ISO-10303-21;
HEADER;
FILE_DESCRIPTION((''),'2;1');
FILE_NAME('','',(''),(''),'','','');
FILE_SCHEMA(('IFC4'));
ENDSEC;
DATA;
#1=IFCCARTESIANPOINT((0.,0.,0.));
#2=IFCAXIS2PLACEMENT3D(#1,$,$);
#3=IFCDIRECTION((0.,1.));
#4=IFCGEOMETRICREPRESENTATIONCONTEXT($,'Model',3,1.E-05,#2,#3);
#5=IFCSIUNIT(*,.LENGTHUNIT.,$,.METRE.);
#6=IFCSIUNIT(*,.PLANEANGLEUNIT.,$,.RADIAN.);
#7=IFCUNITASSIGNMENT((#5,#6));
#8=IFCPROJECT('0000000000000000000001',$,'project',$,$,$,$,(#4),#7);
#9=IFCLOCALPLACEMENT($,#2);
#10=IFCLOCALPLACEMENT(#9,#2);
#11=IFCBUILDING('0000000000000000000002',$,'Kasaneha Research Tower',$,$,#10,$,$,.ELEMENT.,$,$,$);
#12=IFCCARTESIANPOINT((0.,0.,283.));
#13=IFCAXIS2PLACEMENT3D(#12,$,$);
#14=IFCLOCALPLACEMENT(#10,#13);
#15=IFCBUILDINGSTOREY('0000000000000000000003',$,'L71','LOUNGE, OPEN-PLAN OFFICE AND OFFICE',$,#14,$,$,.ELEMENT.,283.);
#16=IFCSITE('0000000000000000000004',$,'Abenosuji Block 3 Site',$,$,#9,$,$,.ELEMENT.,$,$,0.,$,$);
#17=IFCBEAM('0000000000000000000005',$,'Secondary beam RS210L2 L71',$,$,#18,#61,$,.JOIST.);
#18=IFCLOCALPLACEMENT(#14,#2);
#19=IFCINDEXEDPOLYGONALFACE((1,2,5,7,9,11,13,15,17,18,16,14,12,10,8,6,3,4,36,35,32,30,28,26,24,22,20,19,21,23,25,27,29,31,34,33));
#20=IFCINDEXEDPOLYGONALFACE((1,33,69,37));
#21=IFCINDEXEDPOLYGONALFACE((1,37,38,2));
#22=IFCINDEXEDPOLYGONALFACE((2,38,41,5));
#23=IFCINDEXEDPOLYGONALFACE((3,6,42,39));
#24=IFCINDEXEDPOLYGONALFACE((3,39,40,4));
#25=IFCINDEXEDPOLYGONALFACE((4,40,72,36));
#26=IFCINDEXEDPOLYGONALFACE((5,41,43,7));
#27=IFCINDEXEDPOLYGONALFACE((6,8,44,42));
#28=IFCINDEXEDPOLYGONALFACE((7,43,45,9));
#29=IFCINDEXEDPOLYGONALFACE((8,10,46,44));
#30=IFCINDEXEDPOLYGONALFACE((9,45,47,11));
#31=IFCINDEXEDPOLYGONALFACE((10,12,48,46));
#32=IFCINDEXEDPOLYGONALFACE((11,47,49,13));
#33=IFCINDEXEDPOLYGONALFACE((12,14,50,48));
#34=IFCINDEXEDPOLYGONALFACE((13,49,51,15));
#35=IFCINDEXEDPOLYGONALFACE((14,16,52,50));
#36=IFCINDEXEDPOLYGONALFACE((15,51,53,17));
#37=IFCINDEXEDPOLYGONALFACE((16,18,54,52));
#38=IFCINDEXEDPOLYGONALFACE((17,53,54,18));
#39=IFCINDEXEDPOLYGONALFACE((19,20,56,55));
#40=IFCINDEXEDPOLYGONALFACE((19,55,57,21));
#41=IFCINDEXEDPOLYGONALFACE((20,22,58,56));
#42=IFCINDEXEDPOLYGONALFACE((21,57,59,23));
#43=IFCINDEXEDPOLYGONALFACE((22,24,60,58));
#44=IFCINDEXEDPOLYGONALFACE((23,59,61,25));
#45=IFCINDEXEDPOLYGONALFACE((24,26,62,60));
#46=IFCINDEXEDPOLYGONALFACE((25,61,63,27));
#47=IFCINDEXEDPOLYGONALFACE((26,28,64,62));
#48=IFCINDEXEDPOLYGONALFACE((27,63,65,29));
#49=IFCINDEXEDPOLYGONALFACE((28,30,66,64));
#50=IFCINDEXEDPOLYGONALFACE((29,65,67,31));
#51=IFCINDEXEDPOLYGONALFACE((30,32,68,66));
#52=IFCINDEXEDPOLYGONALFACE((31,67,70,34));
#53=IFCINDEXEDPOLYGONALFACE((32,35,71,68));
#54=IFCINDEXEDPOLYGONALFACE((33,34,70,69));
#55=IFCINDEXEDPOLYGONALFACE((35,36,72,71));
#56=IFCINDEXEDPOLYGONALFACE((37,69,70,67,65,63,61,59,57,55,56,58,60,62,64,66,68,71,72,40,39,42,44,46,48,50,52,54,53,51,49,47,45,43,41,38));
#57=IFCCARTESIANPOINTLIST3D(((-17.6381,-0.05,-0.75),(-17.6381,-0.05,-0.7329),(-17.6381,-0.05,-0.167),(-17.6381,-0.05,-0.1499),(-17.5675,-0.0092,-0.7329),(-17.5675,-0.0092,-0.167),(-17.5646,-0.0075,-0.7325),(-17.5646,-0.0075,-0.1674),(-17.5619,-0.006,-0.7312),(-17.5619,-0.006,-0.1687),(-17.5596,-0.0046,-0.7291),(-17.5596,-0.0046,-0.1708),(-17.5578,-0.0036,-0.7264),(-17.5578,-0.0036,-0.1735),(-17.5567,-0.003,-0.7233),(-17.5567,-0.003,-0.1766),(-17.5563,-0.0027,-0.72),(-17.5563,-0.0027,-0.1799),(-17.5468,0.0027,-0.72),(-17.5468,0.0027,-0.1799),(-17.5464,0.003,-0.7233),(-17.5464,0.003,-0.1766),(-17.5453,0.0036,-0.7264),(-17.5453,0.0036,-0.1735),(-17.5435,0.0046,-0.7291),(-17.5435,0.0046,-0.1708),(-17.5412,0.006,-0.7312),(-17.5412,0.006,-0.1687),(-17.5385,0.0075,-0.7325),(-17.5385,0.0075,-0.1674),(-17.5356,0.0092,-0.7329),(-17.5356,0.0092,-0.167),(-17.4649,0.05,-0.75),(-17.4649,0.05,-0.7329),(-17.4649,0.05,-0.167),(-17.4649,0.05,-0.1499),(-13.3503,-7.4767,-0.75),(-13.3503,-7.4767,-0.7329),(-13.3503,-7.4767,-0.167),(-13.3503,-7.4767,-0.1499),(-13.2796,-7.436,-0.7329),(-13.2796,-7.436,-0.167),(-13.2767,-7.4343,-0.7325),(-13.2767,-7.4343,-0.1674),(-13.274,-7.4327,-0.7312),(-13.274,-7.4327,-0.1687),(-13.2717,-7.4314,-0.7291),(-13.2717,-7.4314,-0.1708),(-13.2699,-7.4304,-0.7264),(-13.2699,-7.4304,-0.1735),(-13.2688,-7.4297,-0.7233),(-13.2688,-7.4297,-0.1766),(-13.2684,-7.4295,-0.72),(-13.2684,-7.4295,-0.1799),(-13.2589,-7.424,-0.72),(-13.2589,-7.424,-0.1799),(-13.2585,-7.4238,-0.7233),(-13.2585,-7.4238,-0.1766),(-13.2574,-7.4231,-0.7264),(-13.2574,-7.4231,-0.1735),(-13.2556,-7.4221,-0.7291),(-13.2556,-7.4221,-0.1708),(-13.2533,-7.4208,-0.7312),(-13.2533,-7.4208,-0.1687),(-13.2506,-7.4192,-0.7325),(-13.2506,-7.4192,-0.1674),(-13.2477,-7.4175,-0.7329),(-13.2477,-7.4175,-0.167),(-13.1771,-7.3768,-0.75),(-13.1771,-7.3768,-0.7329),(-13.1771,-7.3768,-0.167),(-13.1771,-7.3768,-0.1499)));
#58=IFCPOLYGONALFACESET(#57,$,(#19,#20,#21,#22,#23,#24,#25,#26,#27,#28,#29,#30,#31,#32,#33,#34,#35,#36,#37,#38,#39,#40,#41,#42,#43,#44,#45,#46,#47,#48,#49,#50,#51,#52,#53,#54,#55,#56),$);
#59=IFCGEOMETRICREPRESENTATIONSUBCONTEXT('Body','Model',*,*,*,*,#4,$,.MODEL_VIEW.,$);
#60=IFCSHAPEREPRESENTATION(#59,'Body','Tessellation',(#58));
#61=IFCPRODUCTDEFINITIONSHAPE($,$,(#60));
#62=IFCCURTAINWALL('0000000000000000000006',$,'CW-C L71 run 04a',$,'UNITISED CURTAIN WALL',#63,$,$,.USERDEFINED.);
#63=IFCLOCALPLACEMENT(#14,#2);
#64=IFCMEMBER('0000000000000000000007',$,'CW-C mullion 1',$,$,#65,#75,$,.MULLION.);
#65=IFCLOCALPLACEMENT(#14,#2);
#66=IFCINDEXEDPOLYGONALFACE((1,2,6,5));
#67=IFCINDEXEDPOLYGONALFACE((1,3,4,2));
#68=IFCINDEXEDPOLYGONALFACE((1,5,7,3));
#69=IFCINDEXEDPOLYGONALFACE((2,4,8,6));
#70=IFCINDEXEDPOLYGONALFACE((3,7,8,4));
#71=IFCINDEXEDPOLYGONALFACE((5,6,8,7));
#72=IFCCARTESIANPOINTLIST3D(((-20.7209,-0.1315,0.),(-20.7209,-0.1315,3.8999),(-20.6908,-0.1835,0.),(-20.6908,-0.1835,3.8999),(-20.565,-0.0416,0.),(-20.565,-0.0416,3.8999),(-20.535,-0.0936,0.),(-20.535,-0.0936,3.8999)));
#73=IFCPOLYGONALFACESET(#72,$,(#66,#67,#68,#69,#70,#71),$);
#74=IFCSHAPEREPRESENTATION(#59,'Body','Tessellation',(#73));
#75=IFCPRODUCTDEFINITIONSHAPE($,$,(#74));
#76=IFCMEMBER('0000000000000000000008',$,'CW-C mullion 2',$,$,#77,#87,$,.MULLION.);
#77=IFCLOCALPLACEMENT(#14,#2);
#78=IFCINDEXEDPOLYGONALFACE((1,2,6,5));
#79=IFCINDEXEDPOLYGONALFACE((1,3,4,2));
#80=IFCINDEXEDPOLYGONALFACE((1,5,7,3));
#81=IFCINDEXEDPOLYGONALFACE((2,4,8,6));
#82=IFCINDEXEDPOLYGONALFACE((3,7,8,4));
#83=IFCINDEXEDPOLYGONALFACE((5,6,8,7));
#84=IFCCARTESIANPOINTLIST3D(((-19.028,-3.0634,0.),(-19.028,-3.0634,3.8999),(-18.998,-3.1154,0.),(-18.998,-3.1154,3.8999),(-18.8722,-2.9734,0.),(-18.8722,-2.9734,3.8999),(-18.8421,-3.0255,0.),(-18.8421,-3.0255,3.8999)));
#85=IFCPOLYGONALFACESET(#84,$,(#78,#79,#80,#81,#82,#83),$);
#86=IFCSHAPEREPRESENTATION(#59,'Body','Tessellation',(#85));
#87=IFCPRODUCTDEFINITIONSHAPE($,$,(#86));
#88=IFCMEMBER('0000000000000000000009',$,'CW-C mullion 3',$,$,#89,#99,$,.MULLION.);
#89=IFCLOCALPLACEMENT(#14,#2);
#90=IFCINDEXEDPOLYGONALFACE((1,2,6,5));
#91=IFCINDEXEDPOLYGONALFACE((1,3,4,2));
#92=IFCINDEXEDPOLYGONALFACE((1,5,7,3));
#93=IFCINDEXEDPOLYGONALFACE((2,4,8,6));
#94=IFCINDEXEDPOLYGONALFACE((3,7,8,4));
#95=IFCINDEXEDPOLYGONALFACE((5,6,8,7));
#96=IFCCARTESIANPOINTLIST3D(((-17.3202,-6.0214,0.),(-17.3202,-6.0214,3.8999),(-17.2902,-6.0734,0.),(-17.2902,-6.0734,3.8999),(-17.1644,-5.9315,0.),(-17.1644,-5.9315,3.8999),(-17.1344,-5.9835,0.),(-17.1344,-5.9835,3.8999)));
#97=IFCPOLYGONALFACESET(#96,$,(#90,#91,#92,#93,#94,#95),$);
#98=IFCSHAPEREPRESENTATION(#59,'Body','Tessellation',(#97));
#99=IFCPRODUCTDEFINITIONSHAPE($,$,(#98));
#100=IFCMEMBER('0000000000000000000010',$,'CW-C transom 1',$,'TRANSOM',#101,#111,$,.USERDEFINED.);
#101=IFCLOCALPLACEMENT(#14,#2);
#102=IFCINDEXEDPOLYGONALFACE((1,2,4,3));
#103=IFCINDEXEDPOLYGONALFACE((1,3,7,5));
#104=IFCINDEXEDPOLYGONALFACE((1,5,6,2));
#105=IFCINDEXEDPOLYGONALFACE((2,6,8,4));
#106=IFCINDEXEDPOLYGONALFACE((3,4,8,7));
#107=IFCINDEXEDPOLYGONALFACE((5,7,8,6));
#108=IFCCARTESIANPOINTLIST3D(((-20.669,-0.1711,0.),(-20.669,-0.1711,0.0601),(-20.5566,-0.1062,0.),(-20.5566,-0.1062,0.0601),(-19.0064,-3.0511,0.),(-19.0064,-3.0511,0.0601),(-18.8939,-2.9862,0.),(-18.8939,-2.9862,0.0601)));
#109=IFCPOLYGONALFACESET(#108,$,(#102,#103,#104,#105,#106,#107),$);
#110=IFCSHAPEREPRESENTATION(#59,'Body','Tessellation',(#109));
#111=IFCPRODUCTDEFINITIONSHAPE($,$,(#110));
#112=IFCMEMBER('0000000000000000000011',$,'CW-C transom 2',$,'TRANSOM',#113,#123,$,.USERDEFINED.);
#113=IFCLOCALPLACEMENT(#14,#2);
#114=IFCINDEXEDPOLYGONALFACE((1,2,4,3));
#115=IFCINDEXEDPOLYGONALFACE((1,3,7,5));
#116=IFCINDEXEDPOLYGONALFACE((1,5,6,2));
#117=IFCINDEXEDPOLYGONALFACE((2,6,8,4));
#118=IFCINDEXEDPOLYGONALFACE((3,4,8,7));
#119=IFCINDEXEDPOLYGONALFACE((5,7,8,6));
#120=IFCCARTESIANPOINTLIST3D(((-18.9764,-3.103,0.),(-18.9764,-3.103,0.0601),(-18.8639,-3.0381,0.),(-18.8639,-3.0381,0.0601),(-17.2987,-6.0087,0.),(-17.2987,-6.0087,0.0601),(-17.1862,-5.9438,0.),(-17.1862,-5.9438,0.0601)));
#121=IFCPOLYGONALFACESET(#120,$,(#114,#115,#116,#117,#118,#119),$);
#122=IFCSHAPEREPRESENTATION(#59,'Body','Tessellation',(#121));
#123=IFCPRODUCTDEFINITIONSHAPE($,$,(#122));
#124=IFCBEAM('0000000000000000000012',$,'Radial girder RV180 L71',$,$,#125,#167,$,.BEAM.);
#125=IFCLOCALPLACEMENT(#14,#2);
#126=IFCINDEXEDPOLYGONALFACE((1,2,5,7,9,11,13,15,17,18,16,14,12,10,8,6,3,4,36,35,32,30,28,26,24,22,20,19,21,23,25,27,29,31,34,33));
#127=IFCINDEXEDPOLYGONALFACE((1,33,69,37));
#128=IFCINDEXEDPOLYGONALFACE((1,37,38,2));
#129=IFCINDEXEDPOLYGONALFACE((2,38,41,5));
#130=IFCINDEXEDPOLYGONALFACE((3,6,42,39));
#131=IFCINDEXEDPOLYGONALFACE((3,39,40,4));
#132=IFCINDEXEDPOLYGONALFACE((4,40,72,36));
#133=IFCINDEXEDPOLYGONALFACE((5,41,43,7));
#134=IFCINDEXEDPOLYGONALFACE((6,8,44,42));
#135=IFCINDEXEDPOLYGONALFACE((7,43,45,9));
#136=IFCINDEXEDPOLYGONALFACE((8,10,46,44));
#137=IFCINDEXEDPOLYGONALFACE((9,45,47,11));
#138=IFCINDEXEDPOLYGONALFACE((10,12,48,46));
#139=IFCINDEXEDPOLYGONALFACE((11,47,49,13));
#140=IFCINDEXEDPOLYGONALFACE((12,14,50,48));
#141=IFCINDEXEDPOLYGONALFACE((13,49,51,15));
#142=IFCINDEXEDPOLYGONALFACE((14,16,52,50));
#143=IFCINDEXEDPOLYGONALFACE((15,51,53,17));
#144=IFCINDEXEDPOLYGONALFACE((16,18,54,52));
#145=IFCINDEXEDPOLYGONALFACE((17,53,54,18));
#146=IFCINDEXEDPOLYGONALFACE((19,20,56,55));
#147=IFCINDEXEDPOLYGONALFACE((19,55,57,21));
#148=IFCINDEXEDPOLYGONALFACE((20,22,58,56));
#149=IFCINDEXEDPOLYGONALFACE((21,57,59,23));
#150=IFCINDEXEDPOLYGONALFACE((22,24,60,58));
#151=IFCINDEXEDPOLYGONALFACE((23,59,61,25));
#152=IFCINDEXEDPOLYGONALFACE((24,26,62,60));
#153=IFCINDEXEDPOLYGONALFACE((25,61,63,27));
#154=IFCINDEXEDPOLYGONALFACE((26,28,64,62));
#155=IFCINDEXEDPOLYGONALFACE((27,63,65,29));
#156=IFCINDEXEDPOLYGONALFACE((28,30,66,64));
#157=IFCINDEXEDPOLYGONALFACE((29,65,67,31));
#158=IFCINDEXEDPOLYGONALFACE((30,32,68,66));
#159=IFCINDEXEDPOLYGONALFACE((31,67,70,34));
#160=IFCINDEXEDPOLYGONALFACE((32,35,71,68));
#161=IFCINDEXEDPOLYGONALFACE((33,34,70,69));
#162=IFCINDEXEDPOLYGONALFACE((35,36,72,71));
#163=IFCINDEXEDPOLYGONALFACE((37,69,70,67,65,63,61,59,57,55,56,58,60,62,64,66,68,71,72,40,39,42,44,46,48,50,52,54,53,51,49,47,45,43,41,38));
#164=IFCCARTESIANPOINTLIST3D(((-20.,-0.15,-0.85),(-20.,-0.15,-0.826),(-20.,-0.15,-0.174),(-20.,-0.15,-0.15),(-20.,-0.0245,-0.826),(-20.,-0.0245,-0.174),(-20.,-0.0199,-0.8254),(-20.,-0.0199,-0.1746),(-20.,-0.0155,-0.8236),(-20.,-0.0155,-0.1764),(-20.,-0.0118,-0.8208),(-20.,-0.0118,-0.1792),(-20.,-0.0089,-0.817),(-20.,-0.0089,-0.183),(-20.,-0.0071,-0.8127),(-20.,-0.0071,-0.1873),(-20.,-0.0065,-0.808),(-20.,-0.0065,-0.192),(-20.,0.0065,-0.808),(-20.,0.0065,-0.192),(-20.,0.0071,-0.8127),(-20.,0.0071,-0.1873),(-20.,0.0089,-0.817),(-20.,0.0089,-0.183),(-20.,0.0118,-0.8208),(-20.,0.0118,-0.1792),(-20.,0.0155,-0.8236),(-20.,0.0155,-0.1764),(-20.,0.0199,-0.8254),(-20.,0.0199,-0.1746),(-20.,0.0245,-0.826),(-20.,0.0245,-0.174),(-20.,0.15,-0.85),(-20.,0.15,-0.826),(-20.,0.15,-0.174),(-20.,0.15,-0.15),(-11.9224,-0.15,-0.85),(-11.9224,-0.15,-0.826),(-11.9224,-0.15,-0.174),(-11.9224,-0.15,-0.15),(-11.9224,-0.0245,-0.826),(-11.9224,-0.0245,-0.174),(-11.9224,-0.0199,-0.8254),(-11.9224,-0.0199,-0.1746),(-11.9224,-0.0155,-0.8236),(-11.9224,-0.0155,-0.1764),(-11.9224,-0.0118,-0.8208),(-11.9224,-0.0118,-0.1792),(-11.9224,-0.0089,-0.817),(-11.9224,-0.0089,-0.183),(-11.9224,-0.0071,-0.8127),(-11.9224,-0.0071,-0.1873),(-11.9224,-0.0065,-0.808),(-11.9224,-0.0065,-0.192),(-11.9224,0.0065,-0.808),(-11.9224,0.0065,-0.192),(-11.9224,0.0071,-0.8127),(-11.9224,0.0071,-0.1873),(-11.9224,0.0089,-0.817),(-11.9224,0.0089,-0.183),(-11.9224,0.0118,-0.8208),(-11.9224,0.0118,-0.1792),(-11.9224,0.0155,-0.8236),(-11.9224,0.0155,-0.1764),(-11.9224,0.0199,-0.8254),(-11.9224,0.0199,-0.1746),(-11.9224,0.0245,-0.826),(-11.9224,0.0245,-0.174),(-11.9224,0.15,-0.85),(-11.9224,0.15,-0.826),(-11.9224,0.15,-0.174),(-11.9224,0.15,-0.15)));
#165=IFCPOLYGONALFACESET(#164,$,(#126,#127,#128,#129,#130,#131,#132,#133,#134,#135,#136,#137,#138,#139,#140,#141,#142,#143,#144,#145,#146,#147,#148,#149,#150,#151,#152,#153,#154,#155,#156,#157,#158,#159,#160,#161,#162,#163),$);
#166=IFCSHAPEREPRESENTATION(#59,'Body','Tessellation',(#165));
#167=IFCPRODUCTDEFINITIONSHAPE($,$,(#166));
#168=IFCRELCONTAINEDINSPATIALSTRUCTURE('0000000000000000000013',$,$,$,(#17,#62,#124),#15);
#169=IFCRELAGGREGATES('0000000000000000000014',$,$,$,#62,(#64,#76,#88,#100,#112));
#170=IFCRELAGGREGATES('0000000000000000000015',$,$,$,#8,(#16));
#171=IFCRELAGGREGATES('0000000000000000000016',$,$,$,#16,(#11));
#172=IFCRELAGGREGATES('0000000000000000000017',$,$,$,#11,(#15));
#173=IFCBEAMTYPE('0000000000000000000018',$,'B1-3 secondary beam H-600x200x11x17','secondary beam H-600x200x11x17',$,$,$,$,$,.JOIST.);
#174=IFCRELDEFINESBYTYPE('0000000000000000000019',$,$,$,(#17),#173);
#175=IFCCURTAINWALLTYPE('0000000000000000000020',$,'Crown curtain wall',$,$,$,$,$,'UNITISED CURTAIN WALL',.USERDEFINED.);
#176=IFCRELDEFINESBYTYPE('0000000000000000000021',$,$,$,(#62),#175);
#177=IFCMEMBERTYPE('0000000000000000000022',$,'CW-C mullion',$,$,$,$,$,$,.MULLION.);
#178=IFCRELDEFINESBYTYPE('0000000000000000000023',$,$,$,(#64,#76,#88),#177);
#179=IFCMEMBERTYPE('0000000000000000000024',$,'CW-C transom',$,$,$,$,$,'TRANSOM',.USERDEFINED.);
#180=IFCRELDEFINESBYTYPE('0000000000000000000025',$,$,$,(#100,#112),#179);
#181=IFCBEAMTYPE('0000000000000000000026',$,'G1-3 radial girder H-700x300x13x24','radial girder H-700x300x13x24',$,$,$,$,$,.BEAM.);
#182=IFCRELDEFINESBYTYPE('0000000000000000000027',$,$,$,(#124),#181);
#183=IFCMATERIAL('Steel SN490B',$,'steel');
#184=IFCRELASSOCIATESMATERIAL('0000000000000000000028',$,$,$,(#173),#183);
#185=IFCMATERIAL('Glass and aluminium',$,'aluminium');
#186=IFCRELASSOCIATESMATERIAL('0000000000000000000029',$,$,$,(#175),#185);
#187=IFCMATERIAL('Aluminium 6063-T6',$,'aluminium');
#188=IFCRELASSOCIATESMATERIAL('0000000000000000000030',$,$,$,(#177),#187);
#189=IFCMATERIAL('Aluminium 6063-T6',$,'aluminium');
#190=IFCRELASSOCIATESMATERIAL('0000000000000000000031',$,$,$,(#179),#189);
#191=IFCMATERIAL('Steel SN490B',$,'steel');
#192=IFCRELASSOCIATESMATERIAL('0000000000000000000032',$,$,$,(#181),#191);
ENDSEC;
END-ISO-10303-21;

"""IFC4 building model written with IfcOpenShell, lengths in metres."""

from ifc_helpers import new_model, si_unit, direction, frame, origin, origin_2d, place, context, subcontext, project, spatial, rectangle, i_section, extrude, material, material_profile, profile_set, type_object, element, aggregate, save


model = new_model("IFC4")

# Units and contexts
model_context = context("Model", 3, precision=1e-05, world=origin(), true_north=direction((0.0, 1.0)))
body_context = subcontext(model_context, "Body", "Model", "MODEL_VIEW")
ifc_project = project(units=[si_unit("LENGTHUNIT", "METRE"), si_unit("PLANEANGLEUNIT", "RADIAN")], contexts=[model_context])

# Site, building, storey
site_placement = place(None, origin())
site = spatial("IfcSite", under=ifc_project, at=site_placement, Name="Abenosuji Block 3 Site", CompositionType="ELEMENT", RefElevation=0.0)
building_placement = place(site_placement, origin())
building = spatial("IfcBuilding", under=site, at=building_placement, Name="Kasaneha Research Tower", CompositionType="ELEMENT")
storey_placement = place(building_placement, frame((0.0, 0.0, 283.0)))
storey = spatial("IfcBuildingStorey", under=building, at=storey_placement, Name="L71", Description="LOUNGE, OPEN-PLAN OFFICE AND OFFICE", CompositionType="ELEMENT", Elevation=283.0)

# Beam
ifc_material_1 = material(Name="Steel SN490B", Category="steel")
ifc_material_profile_1 = material_profile(ifc_material_1, i_section(OverallWidth=0.2, OverallDepth=0.6001, WebThickness=0.011, FlangeThickness=0.0171, FilletRadius=0.0129, at=origin_2d()), Name="H-600x200x11x17")
ifc_profile_set_1 = profile_set([ifc_material_profile_1], Name="Steel SN490B")
beam_type_1 = type_object("IfcBeamType", Name="B1-3 secondary beam H-600x200x11x17", Description="secondary beam H-600x200x11x17", PredefinedType="JOIST", material=ifc_profile_set_1)
beam_1_placement = place(storey_placement, frame((-17.5515, 0.0, -0.45), z_axis=(0.5, -0.866025, 0.0), x_axis=(0.866025, 0.5, 0.0)))
element("IfcBeam", 1, at=beam_1_placement, inside=storey, type_object=beam_type_1, Name="Secondary beam RS210L2 L71", PredefinedType="JOIST", context=body_context, shape_type="SweptSolid", body=[
    extrude(i_section(OverallWidth=0.2, OverallDepth=0.6001, WebThickness=0.011, FlangeThickness=0.0171, FilletRadius=0.0129, at=origin_2d()), origin(), (0.0, 0.0, 1.0), 8.5757),
])

# Curtain wall, members
ifc_material_2 = material(Name="Glass and aluminium", Category="aluminium")
curtain_wall_type = type_object("IfcCurtainWallType", Name="Crown curtain wall", ElementType="UNITISED CURTAIN WALL", PredefinedType="USERDEFINED", material=ifc_material_2)
curtain_wall_placement = place(storey_placement, origin())
curtain_wall = element("IfcCurtainWall", 2, at=curtain_wall_placement, inside=storey, type_object=curtain_wall_type, Name="CW-C L71 run 04a", ObjectType="UNITISED CURTAIN WALL", PredefinedType="USERDEFINED")
ifc_material_3 = material(Name="Aluminium 6063-T6", Category="aluminium")
ifc_material_profile_2 = material_profile(ifc_material_3, rectangle(XDim=0.0601, YDim=0.1799, at=origin_2d()), Name="CW-C mullion 60x180")
ifc_profile_set_2 = profile_set([ifc_material_profile_2], Name="Aluminium 6063-T6")
member_type_1 = type_object("IfcMemberType", Name="CW-C mullion", PredefinedType="MULLION", material=ifc_profile_set_2)
member_1_placement = place(storey_placement, frame((-20.6279, -0.1125, 0.0), z_axis=(0.0, 0.0, 1.0), x_axis=(0.5, -0.866025, 0.0)))
member_1 = element("IfcMember", 3, at=member_1_placement, type_object=member_type_1, Name="CW-C mullion 1", PredefinedType="MULLION", context=body_context, shape_type="SweptSolid", body=[
    extrude(rectangle(XDim=0.0601, YDim=0.1799, at=origin_2d()), origin(), (0.0, 0.0, 1.0), 3.8999),
])
member_2_placement = place(storey_placement, frame((-18.9351, -3.0444, 0.0), z_axis=(0.0, 0.0, 1.0), x_axis=(0.5, -0.866025, 0.0)))
member_2 = element("IfcMember", 4, at=member_2_placement, type_object=member_type_1, Name="CW-C mullion 2", PredefinedType="MULLION", context=body_context, shape_type="SweptSolid", body=[
    extrude(rectangle(XDim=0.0601, YDim=0.1799, at=origin_2d()), origin(), (0.0, 0.0, 1.0), 3.8999),
])
member_3_placement = place(storey_placement, frame((-17.2273, -6.0024, 0.0), z_axis=(0.0, 0.0, 1.0), x_axis=(0.5, -0.866025, 0.0)))
member_3 = element("IfcMember", 5, at=member_3_placement, type_object=member_type_1, Name="CW-C mullion 3", PredefinedType="MULLION", context=body_context, shape_type="SweptSolid", body=[
    extrude(rectangle(XDim=0.0601, YDim=0.1799, at=origin_2d()), origin(), (0.0, 0.0, 1.0), 3.8999),
])
ifc_material_4 = material(Name="Aluminium 6063-T6", Category="aluminium")
ifc_material_profile_3 = material_profile(ifc_material_4, rectangle(XDim=0.1299, YDim=0.0601, at=origin_2d()), Name="CW-C transom 130x60")
ifc_profile_set_3 = profile_set([ifc_material_profile_3], Name="Aluminium 6063-T6")
member_type_2 = type_object("IfcMemberType", Name="CW-C transom", ElementType="TRANSOM", PredefinedType="USERDEFINED", material=ifc_profile_set_3)
member_4_placement = place(storey_placement, frame((-20.6128, -0.1387, 0.03), z_axis=(0.499977, -0.866039, 0.0), x_axis=(0.866039, 0.499977, 0.0)))
member_4 = element("IfcMember", 6, at=member_4_placement, type_object=member_type_2, Name="CW-C transom 1", ObjectType="TRANSOM", PredefinedType="USERDEFINED", context=body_context, shape_type="SweptSolid", body=[
    extrude(rectangle(XDim=0.1299, YDim=0.0601, at=origin_2d()), origin(), (0.0, 0.0, 1.0), 3.3254),
])
member_5_placement = place(storey_placement, frame((-18.9202, -3.0706, 0.03), z_axis=(0.500021, -0.866014, 0.0), x_axis=(0.866014, 0.500021, 0.0)))
member_5 = element("IfcMember", 7, at=member_5_placement, type_object=member_type_2, Name="CW-C transom 2", ObjectType="TRANSOM", PredefinedType="USERDEFINED", context=body_context, shape_type="SweptSolid", body=[
    extrude(rectangle(XDim=0.1299, YDim=0.0601, at=origin_2d()), origin(), (0.0, 0.0, 1.0), 3.3552),
])

# Beam
ifc_material_5 = material(Name="Steel SN490B", Category="steel")
ifc_material_profile_4 = material_profile(ifc_material_5, i_section(OverallWidth=0.3, OverallDepth=0.7, WebThickness=0.0129, FlangeThickness=0.0239, FilletRadius=0.0181, at=origin_2d()), Name="H-700x300x13x24")
ifc_profile_set_4 = profile_set([ifc_material_profile_4], Name="Steel SN490B")
beam_type_2 = type_object("IfcBeamType", Name="G1-3 radial girder H-700x300x13x24", Description="radial girder H-700x300x13x24", PredefinedType="BEAM", material=ifc_profile_set_4)
beam_2_placement = place(storey_placement, frame((-11.9224, 0.0, -0.5), z_axis=(-1.0, 0.0, 0.0), x_axis=(0.0, -1.0, 0.0)))
element("IfcBeam", 8, at=beam_2_placement, inside=storey, type_object=beam_type_2, Name="Radial girder RV180 L71", PredefinedType="BEAM", context=body_context, shape_type="SweptSolid", body=[
    extrude(i_section(OverallWidth=0.3, OverallDepth=0.7, WebThickness=0.0129, FlangeThickness=0.0239, FilletRadius=0.0181, at=origin_2d()), origin(), (0.0, 0.0, 1.0), 8.0776),
])

aggregate(curtain_wall, [member_1, member_2, member_3, member_4, member_5])

save(model, "model.ifc")
